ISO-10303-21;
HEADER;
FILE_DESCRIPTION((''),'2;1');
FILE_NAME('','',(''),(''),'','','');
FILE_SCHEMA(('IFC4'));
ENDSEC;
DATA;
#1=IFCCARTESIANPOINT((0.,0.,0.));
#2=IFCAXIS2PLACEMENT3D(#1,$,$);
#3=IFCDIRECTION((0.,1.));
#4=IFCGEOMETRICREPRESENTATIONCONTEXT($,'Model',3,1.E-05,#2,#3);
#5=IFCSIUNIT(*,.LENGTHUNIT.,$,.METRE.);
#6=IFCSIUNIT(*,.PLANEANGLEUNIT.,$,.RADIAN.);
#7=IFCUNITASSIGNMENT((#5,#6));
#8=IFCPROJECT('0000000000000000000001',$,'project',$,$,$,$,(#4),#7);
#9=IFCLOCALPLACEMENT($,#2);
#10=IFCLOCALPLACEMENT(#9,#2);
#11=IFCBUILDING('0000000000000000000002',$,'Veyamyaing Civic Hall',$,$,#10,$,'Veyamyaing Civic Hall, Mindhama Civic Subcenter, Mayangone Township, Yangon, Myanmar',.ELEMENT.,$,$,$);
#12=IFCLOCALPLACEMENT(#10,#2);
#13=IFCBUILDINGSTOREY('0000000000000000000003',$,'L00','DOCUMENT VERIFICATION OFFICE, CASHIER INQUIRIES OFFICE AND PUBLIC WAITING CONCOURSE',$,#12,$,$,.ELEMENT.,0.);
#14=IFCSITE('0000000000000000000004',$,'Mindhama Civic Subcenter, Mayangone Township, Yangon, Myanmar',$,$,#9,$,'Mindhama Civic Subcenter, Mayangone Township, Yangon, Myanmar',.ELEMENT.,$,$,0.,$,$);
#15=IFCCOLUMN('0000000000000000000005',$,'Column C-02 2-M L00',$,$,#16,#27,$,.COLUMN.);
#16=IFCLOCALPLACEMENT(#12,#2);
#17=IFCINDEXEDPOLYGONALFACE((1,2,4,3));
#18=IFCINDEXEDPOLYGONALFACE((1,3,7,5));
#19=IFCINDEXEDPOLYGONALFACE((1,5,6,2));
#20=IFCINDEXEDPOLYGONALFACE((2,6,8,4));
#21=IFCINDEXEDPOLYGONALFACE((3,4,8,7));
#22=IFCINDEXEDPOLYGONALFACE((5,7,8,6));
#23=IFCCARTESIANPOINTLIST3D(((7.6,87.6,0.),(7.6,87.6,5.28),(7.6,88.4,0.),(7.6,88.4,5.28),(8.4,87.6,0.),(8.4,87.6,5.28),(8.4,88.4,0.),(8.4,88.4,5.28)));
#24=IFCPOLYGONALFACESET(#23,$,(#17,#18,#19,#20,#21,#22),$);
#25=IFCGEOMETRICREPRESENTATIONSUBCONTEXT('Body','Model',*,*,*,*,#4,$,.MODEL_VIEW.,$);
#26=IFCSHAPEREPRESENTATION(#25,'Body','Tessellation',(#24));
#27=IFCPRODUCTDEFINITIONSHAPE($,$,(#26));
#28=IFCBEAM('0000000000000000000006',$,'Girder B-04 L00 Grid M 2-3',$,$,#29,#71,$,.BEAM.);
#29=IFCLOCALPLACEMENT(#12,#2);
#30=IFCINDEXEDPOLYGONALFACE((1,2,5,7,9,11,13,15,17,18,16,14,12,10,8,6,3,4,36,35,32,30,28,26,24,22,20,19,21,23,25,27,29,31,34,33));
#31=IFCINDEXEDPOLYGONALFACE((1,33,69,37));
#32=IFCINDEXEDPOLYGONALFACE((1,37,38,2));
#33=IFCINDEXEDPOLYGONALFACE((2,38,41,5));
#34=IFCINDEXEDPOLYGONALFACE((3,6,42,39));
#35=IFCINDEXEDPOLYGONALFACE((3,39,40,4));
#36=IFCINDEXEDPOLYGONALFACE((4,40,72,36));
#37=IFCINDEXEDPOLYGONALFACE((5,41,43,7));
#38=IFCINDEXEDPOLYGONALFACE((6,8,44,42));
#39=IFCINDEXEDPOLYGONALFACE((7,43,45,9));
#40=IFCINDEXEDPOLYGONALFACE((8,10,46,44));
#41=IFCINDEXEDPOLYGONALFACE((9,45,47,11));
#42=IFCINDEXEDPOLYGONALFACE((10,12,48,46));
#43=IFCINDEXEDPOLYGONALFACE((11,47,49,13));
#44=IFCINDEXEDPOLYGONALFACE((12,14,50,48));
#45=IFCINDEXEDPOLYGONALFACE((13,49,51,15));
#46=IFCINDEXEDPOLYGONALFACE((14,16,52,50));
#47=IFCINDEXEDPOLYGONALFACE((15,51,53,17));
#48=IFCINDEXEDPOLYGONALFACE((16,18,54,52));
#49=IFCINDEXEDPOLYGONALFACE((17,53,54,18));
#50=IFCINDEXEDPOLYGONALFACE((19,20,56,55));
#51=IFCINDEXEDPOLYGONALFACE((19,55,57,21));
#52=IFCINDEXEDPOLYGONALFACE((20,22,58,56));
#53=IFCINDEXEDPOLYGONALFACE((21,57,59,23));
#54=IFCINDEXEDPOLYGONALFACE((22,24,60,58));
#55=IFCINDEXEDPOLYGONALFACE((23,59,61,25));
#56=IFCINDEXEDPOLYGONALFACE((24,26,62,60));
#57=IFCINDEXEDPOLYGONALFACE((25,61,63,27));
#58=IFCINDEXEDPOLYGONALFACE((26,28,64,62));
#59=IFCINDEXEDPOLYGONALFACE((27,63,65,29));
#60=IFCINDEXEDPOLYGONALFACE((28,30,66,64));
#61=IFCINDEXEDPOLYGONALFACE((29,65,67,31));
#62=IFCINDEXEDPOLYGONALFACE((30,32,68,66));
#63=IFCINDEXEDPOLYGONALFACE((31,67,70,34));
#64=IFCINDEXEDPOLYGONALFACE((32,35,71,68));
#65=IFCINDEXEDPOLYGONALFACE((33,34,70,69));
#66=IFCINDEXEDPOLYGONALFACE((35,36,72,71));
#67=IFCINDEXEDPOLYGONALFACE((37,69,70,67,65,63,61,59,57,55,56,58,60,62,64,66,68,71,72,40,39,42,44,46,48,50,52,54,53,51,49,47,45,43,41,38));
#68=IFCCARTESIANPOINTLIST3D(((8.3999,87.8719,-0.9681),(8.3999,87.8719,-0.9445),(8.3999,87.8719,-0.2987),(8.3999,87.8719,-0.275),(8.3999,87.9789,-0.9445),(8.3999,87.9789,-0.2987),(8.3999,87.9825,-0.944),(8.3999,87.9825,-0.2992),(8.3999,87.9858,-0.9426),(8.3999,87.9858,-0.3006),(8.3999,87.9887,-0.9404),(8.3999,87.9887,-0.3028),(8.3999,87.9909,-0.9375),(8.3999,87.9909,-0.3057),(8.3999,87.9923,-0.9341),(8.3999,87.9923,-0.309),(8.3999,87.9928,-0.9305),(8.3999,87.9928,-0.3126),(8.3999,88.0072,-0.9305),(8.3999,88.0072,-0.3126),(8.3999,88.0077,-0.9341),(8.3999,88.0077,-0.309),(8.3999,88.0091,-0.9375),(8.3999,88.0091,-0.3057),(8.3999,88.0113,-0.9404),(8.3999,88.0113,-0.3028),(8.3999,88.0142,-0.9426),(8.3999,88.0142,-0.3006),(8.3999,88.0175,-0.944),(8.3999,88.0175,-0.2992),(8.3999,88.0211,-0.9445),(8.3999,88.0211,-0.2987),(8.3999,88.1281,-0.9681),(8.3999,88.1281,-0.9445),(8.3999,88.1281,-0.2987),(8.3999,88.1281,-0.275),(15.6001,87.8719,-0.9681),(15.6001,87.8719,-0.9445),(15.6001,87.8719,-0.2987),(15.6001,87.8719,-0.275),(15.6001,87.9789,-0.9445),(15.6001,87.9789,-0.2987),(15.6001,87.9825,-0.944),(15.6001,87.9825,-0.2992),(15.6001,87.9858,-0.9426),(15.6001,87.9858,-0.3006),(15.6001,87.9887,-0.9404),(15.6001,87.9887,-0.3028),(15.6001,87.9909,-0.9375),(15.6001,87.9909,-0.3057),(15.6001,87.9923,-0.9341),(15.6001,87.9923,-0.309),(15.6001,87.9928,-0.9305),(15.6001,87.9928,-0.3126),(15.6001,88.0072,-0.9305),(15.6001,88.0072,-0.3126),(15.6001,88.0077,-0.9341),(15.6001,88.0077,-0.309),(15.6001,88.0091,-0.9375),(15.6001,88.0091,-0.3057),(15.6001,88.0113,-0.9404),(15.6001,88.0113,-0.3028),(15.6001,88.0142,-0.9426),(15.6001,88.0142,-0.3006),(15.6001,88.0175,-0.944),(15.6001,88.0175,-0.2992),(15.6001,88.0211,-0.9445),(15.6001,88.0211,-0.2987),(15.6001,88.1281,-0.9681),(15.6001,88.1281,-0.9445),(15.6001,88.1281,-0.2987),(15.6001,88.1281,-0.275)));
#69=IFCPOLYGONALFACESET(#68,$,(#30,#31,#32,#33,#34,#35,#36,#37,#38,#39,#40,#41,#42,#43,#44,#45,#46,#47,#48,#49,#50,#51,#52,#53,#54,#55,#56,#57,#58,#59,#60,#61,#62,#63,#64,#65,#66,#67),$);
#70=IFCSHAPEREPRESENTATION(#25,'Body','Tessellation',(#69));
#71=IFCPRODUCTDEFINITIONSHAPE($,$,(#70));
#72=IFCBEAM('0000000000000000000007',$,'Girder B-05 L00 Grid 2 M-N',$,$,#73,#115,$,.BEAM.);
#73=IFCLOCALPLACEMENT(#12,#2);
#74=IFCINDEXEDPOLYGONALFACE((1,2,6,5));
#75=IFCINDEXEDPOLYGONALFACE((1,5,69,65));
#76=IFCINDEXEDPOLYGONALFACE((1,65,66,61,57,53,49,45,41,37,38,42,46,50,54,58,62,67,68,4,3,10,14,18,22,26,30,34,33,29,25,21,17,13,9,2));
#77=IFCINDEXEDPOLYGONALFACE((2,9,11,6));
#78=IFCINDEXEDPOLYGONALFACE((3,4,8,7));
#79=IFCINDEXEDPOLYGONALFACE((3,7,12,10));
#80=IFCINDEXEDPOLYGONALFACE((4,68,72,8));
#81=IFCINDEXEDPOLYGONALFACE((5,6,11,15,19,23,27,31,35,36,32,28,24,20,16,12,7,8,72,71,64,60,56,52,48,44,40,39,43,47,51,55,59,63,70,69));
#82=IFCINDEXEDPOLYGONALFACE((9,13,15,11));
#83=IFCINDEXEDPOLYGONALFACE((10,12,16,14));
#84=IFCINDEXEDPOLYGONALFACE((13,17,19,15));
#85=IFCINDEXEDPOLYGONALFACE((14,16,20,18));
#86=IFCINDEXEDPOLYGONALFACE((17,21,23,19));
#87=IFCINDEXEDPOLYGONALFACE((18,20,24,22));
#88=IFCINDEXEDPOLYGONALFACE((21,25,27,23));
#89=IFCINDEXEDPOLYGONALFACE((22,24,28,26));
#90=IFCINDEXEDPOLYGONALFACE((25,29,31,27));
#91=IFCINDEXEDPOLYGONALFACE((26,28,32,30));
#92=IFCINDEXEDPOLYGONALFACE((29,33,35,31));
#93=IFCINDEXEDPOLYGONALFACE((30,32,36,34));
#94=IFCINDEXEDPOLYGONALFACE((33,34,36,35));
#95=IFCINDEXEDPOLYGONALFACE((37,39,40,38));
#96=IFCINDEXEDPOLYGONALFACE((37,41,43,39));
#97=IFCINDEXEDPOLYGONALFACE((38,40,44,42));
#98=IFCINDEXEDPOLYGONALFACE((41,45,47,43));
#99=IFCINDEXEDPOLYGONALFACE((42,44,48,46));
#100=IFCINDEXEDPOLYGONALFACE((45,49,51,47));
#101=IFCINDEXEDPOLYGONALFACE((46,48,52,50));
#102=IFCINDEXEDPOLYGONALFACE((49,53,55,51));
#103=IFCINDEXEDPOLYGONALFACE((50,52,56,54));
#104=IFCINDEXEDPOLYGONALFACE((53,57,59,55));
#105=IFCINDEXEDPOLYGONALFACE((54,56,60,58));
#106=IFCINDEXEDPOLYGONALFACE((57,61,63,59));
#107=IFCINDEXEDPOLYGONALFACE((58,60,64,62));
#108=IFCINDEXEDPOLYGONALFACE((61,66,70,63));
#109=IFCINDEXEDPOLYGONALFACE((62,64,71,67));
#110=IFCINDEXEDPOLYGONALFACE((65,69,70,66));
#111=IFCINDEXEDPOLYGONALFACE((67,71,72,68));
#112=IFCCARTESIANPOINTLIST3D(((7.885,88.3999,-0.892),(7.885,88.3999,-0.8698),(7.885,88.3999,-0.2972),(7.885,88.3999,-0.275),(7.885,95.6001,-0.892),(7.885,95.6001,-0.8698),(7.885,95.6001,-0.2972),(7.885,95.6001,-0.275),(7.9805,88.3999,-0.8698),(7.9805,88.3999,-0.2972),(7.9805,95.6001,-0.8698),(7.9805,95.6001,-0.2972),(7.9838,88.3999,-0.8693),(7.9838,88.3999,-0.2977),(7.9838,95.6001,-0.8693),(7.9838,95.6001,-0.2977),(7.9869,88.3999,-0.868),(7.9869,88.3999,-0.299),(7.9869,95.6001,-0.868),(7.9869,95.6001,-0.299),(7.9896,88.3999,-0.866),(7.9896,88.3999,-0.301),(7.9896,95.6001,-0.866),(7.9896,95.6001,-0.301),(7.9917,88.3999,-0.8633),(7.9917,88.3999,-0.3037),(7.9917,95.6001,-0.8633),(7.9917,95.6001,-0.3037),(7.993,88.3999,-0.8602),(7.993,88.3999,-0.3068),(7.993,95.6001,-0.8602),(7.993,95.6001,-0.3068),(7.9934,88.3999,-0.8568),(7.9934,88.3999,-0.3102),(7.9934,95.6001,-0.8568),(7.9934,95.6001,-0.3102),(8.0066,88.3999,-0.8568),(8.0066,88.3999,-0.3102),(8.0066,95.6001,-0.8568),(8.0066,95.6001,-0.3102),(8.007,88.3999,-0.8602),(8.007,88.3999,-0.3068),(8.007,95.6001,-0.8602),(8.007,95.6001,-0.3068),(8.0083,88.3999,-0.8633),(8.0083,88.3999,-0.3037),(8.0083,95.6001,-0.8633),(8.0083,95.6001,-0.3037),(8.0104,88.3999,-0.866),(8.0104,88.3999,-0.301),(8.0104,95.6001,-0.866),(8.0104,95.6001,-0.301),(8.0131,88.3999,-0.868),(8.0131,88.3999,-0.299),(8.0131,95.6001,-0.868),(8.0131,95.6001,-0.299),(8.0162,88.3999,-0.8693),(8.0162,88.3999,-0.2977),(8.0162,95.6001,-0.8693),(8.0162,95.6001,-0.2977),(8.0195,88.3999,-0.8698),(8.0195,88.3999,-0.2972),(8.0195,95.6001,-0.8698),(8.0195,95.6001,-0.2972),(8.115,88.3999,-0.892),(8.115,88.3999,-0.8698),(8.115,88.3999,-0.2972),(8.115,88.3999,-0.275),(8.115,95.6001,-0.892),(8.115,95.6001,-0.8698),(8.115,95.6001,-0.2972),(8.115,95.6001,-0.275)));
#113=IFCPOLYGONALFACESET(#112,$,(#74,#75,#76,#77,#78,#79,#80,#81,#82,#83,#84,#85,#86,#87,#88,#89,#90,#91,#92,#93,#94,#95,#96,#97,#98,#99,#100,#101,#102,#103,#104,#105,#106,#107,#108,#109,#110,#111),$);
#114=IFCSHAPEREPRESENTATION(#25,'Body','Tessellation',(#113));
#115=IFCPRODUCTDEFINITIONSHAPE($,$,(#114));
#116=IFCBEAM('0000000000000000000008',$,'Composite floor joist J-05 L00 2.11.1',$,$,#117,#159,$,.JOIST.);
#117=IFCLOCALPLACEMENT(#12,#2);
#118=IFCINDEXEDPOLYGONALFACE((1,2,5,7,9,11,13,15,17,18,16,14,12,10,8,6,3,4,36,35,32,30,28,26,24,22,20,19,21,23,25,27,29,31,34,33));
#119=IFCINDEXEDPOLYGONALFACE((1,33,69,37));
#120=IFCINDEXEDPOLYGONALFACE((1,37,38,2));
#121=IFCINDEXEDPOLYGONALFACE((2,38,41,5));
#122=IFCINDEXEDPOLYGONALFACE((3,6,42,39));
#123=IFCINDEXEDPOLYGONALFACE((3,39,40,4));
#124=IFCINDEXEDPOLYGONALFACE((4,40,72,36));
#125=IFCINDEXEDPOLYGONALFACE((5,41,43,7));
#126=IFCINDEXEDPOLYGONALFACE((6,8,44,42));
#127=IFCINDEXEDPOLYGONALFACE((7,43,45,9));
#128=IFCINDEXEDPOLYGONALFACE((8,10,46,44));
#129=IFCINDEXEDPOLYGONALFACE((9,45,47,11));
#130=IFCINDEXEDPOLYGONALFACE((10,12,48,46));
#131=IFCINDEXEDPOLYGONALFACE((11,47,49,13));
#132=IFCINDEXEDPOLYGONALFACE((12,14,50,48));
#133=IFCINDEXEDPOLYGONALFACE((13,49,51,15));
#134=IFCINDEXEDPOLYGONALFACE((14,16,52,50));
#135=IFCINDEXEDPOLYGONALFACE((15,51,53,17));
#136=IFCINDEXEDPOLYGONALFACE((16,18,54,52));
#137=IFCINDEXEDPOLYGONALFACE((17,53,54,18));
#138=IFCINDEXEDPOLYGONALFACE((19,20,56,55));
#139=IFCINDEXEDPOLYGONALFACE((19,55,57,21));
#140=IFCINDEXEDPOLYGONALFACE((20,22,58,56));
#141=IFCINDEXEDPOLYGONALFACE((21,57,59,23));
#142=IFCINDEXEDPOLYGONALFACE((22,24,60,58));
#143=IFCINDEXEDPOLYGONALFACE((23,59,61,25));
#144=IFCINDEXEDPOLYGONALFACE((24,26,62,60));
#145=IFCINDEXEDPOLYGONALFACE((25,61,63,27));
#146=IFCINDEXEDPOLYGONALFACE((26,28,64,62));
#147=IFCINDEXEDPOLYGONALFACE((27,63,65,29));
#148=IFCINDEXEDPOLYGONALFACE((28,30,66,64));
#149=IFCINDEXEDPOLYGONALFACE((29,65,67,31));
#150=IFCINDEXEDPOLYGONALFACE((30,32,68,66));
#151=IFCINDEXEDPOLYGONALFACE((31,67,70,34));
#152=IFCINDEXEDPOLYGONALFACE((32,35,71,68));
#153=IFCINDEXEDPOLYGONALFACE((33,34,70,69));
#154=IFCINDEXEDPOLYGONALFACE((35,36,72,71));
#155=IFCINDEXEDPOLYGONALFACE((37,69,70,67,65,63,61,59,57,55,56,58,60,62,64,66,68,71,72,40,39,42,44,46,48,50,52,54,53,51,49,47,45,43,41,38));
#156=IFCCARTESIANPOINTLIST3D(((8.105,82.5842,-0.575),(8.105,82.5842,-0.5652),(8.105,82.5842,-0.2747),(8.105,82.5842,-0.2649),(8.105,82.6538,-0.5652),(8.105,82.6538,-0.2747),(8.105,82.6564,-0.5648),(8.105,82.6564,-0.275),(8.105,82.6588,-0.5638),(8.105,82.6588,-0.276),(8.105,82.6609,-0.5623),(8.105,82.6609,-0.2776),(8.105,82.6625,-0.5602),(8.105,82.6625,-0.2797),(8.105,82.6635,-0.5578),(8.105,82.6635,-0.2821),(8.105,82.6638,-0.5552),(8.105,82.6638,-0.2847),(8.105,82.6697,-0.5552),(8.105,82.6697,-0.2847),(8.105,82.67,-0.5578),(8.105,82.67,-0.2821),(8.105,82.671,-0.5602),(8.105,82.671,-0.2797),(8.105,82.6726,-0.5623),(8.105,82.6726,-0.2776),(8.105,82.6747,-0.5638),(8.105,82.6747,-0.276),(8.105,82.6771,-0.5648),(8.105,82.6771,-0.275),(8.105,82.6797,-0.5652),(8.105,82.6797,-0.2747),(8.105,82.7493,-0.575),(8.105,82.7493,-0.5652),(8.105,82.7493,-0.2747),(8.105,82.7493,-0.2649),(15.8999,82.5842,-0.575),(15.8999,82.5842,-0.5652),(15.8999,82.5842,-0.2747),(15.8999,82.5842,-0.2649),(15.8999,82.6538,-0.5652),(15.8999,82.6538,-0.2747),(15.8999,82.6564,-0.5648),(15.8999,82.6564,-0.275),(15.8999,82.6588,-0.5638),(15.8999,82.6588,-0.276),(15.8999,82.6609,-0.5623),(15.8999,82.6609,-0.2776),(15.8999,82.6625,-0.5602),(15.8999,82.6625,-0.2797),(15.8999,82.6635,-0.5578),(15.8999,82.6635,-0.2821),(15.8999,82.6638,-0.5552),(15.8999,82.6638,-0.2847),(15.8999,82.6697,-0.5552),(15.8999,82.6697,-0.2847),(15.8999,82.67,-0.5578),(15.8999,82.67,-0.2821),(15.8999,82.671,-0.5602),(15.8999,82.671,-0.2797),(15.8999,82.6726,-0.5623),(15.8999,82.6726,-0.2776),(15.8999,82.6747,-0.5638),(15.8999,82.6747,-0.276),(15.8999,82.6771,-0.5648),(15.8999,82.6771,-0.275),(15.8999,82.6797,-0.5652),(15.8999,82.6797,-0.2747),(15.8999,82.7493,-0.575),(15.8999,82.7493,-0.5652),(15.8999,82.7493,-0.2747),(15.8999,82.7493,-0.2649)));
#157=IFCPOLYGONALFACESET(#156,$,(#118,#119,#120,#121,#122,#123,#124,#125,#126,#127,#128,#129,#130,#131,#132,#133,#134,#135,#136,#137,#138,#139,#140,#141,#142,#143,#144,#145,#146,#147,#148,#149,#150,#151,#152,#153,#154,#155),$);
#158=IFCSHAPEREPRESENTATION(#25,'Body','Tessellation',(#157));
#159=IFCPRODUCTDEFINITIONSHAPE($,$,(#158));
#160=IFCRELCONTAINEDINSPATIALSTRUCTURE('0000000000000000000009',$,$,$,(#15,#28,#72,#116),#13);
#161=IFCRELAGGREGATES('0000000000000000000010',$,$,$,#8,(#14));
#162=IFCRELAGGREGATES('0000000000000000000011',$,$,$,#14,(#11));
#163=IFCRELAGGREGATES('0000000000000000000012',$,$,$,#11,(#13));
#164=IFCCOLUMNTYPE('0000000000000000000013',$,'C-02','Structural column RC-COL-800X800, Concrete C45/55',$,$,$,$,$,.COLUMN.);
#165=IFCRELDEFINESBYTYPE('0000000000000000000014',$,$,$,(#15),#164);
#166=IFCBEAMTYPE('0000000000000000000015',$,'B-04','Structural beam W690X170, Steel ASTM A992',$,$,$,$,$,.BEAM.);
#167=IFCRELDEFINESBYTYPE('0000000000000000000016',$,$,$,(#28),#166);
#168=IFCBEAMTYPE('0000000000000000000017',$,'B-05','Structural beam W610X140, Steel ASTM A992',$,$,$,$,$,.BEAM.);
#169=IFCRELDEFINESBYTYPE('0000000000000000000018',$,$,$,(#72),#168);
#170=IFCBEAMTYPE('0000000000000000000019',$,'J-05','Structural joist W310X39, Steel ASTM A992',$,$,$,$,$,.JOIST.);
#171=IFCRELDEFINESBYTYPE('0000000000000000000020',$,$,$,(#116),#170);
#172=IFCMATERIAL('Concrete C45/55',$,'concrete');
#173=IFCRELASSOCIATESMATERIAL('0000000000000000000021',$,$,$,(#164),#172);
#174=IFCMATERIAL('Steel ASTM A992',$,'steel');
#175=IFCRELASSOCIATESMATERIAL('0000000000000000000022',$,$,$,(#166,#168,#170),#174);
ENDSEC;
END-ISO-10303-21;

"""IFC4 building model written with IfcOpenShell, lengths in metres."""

from ifc_helpers import new_model, si_unit, direction, frame, origin, origin_2d, place, context, subcontext, project, spatial, rectangle, i_section, extrude, material, material_profile, profile_set, type_object, element, save


model = new_model("IFC4")

# Units and contexts
model_context = context("Model", 3, precision=1e-05, world=origin(), true_north=direction((0.0, 1.0)))
body_context = subcontext(model_context, "Body", "Model", "MODEL_VIEW")
ifc_project = project(units=[si_unit("LENGTHUNIT", "METRE"), si_unit("PLANEANGLEUNIT", "RADIAN")], contexts=[model_context])

# Site, building, storey
site_placement = place(None, origin())
site = spatial("IfcSite", under=ifc_project, at=site_placement, Name="Mindhama Civic Subcenter, Mayangone Township, Yangon, Myanmar", LongName="Mindhama Civic Subcenter, Mayangone Township, Yangon, Myanmar", CompositionType="ELEMENT", RefElevation=0.0)
building_placement = place(site_placement, origin())
building = spatial("IfcBuilding", under=site, at=building_placement, Name="Veyamyaing Civic Hall", LongName="Veyamyaing Civic Hall, Mindhama Civic Subcenter, Mayangone Township, Yangon, Myanmar", CompositionType="ELEMENT")
storey_placement = place(building_placement, origin())
storey = spatial("IfcBuildingStorey", under=building, at=storey_placement, Name="L00", Description="DOCUMENT VERIFICATION OFFICE, CASHIER INQUIRIES OFFICE AND PUBLIC WAITING CONCOURSE", CompositionType="ELEMENT", Elevation=0.0)

# Column
ifc_material_1 = material(Name="Concrete C45/55", Category="concrete")
ifc_material_profile_1 = material_profile(ifc_material_1, rectangle(XDim=0.8, YDim=0.8, at=origin_2d()), Name="RC-COL-800X800")
ifc_profile_set_1 = profile_set([ifc_material_profile_1], Name="Concrete C45/55")
column_type = type_object("IfcColumnType", Name="C-02", Description="Structural column RC-COL-800X800, Concrete C45/55", PredefinedType="COLUMN", material=ifc_profile_set_1)
column_placement = place(storey_placement, frame((8.0, 88.0, 0.0), z_axis=(0.0, 0.0, 1.0), x_axis=(1.0, 0.0, 0.0)))
element("IfcColumn", 1, at=column_placement, inside=storey, type_object=column_type, Name="Column C-02 2-M L00", PredefinedType="COLUMN", context=body_context, shape_type="SweptSolid", body=[
    extrude(rectangle(XDim=0.8, YDim=0.8, at=origin_2d()), origin(), (0.0, 0.0, 1.0), 5.28),
])

# Beams
ifc_material_2 = material(Name="Steel ASTM A992", Category="steel")
ifc_material_profile_2 = material_profile(ifc_material_2, i_section(OverallWidth=0.2561, OverallDepth=0.6931, WebThickness=0.0144, FlangeThickness=0.0237, FilletRadius=0.0139, at=origin_2d()), Name="W690X170")
ifc_profile_set_2 = profile_set([ifc_material_profile_2], Name="Steel ASTM A992")
beam_type_1 = type_object("IfcBeamType", Name="B-04", Description="Structural beam W690X170, Steel ASTM A992", PredefinedType="BEAM", material=ifc_profile_set_2)
beam_1_placement = place(storey_placement, frame((8.3999, 88.0, -0.6216), z_axis=(1.0, 0.0, 0.0), x_axis=(0.0, 1.0, 0.0)))
element("IfcBeam", 2, at=beam_1_placement, inside=storey, type_object=beam_type_1, Name="Girder B-04 L00 Grid M 2-3", PredefinedType="BEAM", context=body_context, shape_type="SweptSolid", body=[
    extrude(i_section(OverallWidth=0.2561, OverallDepth=0.6931, WebThickness=0.0144, FlangeThickness=0.0237, FilletRadius=0.0139, at=origin_2d()), origin(), (0.0, 0.0, 1.0), 7.2002),
])
ifc_material_profile_3 = material_profile(ifc_material_2, i_section(OverallWidth=0.23, OverallDepth=0.6169, WebThickness=0.0132, FlangeThickness=0.0222, FilletRadius=0.0129, at=origin_2d()), Name="W610X140")
ifc_profile_set_3 = profile_set([ifc_material_profile_3], Name="Steel ASTM A992")
beam_type_2 = type_object("IfcBeamType", Name="B-05", Description="Structural beam W610X140, Steel ASTM A992", PredefinedType="BEAM", material=ifc_profile_set_3)
beam_2_placement = place(storey_placement, frame((8.0, 88.3999, -0.5835), z_axis=(0.0, 1.0, 0.0), x_axis=(-1.0, 0.0, 0.0)))
element("IfcBeam", 3, at=beam_2_placement, inside=storey, type_object=beam_type_2, Name="Girder B-05 L00 Grid 2 M-N", PredefinedType="BEAM", context=body_context, shape_type="SweptSolid", body=[
    extrude(i_section(OverallWidth=0.23, OverallDepth=0.6169, WebThickness=0.0132, FlangeThickness=0.0222, FilletRadius=0.0129, at=origin_2d()), origin(), (0.0, 0.0, 1.0), 7.2002),
])
ifc_material_profile_4 = material_profile(ifc_material_2, i_section(OverallWidth=0.165, OverallDepth=0.3101, WebThickness=0.0059, FlangeThickness=0.0098, FilletRadius=0.01, at=origin_2d()), Name="W310X39")
ifc_profile_set_4 = profile_set([ifc_material_profile_4], Name="Steel ASTM A992")
beam_type_3 = type_object("IfcBeamType", Name="J-05", Description="Structural joist W310X39, Steel ASTM A992", PredefinedType="JOIST", material=ifc_profile_set_4)
for number, where, z_axis, x_axis, name in (
    (4, (8.105, 82.6667, -0.4199), (1.0, 0.0, 0.0), (0.0, 1.0, 0.0), "Composite floor joist J-05 L00 2.11.1"),
):
    element("IfcBeam", number, at=place(storey_placement, frame(where, z_axis=z_axis, x_axis=x_axis)), inside=storey, type_object=beam_type_3, Name=name, PredefinedType="JOIST", context=body_context, shape_type="SweptSolid", body=[
        extrude(i_section(OverallWidth=0.165, OverallDepth=0.3101, WebThickness=0.0059, FlangeThickness=0.0098, FilletRadius=0.01, at=origin_2d()), origin(), (0.0, 0.0, 1.0), 7.7949),
    ])

save(model, "model.ifc")
